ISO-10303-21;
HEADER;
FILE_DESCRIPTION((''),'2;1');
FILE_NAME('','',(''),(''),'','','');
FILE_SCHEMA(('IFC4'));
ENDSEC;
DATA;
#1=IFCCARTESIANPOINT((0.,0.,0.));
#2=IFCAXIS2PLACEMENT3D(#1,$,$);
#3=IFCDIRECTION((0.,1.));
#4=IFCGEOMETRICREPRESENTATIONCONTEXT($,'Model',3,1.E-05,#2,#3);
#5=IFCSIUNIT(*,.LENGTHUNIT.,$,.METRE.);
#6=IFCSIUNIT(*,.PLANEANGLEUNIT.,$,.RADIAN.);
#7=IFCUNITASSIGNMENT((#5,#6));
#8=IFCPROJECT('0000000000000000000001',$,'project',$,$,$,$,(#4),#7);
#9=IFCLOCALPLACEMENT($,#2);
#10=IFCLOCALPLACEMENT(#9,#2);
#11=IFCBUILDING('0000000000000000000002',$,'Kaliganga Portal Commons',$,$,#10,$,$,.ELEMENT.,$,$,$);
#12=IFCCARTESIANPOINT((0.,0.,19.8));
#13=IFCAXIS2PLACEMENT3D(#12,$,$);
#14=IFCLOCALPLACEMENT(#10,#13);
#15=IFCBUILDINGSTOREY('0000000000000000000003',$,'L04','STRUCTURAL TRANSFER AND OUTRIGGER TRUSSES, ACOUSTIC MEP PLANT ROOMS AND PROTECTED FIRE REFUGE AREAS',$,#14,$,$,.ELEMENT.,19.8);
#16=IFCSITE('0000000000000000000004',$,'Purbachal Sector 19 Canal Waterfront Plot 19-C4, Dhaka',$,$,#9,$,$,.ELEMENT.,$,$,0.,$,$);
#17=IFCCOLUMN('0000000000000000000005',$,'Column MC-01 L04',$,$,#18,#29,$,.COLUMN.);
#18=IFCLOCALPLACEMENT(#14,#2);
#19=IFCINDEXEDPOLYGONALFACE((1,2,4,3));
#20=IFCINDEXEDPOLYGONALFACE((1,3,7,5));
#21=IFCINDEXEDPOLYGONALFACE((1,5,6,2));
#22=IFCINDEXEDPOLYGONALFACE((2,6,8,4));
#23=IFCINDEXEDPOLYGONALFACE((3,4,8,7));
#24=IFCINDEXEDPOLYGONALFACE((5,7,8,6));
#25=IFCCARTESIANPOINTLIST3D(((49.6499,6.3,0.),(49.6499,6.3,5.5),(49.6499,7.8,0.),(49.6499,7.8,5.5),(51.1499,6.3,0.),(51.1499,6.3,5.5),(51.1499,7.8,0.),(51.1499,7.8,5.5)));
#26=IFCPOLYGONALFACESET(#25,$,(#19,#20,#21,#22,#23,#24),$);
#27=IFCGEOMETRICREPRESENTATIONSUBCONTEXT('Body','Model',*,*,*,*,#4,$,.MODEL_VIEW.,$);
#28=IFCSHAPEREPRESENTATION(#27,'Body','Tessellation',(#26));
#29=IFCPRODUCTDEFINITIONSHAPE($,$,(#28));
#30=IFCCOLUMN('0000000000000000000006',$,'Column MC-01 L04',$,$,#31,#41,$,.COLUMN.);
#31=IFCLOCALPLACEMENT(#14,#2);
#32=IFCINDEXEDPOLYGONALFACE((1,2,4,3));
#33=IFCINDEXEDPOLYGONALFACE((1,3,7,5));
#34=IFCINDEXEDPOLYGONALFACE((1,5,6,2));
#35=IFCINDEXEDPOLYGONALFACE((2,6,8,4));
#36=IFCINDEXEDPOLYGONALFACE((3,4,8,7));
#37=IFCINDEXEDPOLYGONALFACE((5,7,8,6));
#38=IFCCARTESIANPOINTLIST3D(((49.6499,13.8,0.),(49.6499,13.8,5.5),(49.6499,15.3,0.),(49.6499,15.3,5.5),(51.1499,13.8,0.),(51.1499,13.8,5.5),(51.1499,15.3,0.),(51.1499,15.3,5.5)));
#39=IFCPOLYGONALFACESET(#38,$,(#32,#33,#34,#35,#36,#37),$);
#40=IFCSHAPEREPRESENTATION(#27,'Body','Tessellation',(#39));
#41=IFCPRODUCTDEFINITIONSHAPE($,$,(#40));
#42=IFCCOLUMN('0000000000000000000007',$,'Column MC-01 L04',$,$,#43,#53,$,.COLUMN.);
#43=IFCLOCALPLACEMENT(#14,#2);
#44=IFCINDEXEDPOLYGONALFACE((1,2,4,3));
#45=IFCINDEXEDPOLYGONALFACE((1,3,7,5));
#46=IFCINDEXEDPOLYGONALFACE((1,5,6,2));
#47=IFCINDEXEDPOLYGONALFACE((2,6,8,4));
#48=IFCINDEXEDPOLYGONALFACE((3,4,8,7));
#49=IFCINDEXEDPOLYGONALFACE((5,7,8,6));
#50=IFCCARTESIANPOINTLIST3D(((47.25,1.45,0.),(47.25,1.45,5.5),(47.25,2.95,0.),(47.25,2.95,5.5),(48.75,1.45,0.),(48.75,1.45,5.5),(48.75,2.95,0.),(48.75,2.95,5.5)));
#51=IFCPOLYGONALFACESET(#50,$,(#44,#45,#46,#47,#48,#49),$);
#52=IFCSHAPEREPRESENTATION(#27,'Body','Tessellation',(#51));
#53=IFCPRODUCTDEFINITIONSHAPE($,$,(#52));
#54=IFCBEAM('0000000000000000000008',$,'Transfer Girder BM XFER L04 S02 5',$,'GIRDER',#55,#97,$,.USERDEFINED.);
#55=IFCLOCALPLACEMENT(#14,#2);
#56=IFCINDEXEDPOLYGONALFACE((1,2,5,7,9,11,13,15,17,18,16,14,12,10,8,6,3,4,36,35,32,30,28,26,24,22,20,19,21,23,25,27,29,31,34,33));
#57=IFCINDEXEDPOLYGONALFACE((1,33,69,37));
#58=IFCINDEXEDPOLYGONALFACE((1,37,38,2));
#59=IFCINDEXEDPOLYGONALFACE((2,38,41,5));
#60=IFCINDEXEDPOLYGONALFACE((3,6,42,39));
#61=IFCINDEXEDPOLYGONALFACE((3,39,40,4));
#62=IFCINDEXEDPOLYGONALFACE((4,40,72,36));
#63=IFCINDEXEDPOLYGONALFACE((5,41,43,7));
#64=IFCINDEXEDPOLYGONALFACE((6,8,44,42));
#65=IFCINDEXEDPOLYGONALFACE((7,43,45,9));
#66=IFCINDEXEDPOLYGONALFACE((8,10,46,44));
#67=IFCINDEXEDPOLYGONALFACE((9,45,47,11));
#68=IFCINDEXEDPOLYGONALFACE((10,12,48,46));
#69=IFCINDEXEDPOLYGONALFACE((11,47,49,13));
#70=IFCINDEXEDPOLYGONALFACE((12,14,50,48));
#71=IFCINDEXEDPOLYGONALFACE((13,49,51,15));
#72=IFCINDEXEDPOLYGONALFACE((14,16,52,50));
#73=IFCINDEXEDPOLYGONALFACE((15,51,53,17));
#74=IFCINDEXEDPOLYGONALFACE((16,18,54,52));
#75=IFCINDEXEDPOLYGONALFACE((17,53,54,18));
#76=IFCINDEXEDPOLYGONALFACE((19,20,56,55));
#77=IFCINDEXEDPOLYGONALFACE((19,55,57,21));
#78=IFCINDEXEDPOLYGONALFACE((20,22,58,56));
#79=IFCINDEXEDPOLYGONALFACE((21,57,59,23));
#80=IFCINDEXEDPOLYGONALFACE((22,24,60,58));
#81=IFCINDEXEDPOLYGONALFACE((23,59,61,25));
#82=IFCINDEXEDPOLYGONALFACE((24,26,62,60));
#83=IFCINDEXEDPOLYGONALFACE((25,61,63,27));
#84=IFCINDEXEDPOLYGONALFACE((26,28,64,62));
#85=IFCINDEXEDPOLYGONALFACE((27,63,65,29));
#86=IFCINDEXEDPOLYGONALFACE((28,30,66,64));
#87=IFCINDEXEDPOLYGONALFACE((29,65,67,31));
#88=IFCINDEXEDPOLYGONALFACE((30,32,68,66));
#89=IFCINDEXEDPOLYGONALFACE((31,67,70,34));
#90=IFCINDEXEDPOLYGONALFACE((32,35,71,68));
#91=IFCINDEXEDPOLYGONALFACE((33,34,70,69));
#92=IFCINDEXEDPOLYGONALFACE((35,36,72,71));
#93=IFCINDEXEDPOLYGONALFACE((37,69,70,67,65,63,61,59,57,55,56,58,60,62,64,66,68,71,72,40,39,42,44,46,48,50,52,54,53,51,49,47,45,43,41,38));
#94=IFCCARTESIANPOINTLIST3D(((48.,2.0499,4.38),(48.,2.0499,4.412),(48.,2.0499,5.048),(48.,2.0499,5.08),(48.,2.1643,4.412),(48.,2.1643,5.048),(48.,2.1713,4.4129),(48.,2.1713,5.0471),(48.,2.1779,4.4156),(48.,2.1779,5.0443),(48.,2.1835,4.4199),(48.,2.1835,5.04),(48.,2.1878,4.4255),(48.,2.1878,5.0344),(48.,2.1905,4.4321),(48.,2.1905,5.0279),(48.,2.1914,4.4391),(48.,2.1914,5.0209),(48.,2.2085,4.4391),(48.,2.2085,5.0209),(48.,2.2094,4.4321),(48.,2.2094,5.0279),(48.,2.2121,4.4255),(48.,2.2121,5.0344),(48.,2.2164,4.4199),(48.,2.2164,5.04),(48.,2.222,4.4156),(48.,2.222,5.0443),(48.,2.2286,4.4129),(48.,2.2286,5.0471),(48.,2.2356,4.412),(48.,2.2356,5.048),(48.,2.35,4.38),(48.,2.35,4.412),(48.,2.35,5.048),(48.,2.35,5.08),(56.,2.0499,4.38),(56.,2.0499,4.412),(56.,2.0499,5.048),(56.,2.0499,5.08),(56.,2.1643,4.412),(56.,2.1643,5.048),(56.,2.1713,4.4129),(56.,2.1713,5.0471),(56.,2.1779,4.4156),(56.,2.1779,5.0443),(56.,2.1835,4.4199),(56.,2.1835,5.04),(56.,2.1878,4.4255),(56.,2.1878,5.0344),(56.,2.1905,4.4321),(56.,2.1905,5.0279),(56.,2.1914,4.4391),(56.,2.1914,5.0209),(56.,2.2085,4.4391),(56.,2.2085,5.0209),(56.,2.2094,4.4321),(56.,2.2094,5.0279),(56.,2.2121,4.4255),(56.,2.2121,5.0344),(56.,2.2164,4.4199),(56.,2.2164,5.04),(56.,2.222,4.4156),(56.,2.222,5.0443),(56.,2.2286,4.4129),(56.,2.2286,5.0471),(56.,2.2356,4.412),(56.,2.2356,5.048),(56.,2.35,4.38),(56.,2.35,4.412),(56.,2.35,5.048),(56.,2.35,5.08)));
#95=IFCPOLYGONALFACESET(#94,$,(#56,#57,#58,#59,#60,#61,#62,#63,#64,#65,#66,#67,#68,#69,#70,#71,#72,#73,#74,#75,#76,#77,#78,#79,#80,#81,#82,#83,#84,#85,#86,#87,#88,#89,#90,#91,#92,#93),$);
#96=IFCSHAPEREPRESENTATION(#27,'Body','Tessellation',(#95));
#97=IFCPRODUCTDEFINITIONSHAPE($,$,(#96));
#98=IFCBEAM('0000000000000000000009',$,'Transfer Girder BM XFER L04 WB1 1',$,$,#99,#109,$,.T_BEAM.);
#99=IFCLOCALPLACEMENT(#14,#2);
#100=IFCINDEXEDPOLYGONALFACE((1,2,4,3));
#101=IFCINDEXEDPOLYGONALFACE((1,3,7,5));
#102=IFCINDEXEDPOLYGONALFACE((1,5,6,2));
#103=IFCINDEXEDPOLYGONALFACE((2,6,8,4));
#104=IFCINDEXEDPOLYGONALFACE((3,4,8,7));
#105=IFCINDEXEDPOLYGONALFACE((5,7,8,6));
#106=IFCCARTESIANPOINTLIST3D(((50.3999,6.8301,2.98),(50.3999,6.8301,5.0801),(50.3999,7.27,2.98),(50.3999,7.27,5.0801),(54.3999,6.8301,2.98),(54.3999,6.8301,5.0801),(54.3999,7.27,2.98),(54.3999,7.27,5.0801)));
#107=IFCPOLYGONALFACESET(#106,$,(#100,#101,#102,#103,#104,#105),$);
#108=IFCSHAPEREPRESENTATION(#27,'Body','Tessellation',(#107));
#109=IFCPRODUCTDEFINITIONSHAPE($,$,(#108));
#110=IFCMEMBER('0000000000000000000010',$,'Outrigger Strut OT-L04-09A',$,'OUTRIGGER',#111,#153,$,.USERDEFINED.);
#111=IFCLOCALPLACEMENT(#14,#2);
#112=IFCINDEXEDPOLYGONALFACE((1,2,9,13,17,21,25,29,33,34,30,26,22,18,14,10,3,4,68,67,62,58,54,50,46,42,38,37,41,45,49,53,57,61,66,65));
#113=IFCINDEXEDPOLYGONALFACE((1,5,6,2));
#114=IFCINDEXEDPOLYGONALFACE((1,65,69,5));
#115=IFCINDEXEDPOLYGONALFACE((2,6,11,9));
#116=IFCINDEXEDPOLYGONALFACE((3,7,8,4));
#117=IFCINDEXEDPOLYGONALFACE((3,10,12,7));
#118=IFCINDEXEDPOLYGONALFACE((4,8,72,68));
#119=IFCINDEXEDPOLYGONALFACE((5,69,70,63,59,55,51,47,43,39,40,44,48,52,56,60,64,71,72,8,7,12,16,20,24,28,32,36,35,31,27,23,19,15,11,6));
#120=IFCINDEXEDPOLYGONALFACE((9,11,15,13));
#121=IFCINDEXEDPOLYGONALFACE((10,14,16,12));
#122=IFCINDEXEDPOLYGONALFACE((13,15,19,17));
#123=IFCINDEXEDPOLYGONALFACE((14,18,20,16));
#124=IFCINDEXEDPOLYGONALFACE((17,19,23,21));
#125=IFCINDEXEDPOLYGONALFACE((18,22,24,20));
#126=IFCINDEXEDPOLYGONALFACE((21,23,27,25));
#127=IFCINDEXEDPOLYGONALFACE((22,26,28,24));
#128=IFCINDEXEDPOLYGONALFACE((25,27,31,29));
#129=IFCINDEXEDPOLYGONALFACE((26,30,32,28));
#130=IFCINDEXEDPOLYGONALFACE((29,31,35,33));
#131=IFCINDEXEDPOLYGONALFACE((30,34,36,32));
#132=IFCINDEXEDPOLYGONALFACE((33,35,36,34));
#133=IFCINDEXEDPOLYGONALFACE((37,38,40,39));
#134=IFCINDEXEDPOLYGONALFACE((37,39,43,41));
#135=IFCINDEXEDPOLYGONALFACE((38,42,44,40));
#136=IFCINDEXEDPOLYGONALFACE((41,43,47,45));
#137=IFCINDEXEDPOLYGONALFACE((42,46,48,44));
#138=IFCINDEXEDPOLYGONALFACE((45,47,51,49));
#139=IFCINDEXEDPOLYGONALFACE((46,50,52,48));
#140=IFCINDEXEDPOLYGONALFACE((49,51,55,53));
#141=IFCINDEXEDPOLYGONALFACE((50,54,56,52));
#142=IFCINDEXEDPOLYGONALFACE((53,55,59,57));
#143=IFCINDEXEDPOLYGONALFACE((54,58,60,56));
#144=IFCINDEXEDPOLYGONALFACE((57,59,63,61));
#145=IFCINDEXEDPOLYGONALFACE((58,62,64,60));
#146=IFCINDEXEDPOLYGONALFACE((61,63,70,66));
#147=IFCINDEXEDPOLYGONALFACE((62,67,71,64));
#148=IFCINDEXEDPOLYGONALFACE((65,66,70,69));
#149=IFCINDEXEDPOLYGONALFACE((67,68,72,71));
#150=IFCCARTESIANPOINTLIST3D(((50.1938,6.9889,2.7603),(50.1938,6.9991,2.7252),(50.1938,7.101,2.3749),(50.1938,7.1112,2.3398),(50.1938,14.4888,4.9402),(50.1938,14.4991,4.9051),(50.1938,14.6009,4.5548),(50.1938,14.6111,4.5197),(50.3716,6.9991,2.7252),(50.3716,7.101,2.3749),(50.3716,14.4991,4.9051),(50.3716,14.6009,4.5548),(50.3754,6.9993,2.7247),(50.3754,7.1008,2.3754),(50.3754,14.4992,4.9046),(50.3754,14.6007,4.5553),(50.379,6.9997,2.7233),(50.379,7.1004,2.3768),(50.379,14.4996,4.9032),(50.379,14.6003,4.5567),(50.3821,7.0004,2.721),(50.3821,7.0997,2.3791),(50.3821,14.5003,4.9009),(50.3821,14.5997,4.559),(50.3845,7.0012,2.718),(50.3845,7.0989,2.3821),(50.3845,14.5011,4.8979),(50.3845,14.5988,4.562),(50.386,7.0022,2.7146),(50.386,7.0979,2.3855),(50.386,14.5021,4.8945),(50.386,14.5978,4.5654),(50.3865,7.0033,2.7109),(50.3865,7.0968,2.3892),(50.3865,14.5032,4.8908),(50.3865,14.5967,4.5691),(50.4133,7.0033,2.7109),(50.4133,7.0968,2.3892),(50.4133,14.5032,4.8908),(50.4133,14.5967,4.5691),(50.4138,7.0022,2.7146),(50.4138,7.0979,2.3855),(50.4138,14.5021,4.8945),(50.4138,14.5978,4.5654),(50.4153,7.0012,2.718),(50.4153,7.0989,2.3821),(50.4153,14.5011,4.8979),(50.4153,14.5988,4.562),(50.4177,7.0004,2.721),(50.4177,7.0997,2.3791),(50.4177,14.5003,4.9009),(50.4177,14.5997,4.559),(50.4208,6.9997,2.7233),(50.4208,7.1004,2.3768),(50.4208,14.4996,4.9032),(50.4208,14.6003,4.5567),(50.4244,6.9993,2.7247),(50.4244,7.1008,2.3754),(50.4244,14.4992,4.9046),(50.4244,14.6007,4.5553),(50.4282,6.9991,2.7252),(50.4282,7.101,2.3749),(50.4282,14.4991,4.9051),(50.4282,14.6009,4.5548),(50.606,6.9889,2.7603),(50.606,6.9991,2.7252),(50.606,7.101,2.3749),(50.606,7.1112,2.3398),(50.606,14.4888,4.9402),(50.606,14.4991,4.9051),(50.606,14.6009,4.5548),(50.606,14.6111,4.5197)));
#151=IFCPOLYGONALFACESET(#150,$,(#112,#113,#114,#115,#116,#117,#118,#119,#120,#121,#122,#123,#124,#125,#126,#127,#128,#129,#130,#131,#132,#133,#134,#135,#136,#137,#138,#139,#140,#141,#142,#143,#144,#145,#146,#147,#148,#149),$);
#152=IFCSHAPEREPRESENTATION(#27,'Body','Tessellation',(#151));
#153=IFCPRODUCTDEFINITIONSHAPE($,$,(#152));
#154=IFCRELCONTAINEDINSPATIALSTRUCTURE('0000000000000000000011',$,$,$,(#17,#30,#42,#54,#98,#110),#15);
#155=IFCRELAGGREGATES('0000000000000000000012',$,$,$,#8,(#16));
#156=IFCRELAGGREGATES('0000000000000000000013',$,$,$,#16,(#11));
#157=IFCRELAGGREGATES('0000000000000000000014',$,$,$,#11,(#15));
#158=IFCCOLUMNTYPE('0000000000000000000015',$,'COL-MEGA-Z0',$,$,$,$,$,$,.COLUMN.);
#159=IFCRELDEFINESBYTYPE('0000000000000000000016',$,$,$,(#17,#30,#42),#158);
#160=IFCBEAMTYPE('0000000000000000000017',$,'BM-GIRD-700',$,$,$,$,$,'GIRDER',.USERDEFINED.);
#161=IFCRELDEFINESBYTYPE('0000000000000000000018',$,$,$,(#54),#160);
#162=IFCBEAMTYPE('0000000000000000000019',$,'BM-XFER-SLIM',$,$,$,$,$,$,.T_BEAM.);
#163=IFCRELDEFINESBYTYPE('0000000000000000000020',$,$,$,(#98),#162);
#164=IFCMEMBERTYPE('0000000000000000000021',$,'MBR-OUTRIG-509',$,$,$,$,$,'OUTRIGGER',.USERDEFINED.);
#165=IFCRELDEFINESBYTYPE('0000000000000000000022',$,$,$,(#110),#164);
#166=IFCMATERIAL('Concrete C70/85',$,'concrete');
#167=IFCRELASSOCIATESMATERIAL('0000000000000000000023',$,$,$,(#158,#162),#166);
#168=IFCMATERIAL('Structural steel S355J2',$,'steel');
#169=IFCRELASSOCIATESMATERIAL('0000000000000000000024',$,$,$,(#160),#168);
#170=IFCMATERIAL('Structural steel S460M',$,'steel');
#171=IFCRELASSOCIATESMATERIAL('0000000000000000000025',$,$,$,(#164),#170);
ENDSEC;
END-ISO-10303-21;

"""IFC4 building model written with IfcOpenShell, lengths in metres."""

from ifc_helpers import new_model, si_unit, direction, frame, origin, origin_2d, place, context, subcontext, project, spatial, rectangle, i_section, extrude, source, transform, mapped, material, material_profile, profile_set, type_object, element, save


model = new_model("IFC4")

# Units and contexts
model_context = context("Model", 3, precision=1e-05, world=origin(), true_north=direction((0.0, 1.0)))
body_context = subcontext(model_context, "Body", "Model", "MODEL_VIEW")
ifc_project = project(units=[si_unit("LENGTHUNIT", "METRE"), si_unit("PLANEANGLEUNIT", "RADIAN")], contexts=[model_context])

# Site, building, storey
site_placement = place(None, origin())
site = spatial("IfcSite", under=ifc_project, at=site_placement, Name="Purbachal Sector 19 Canal Waterfront Plot 19-C4, Dhaka", CompositionType="ELEMENT", RefElevation=0.0)
building_placement = place(site_placement, origin())
building = spatial("IfcBuilding", under=site, at=building_placement, Name="Kaliganga Portal Commons", CompositionType="ELEMENT")
storey_placement = place(building_placement, frame((0.0, 0.0, 19.8)))
storey = spatial("IfcBuildingStorey", under=building, at=storey_placement, Name="L04", Description="STRUCTURAL TRANSFER AND OUTRIGGER TRUSSES, ACOUSTIC MEP PLANT ROOMS AND PROTECTED FIRE REFUGE AREAS", CompositionType="ELEMENT", Elevation=19.8)

# Columns
ifc_material_1 = material(Name="Concrete C70/85", Category="concrete")
ifc_material_profile_1 = material_profile(ifc_material_1, rectangle(XDim=1.5, YDim=1.5, at=origin_2d()), Name="RC 1500x1500")
ifc_profile_set_1 = profile_set([ifc_material_profile_1], Name="Concrete C70/85")
column_type = type_object("IfcColumnType", Name="COL-MEGA-Z0", PredefinedType="COLUMN", material=ifc_profile_set_1)
shared_shape_1 = source(origin(), body_context, "Body", "SweptSolid", [
    extrude(rectangle(XDim=1.5, YDim=1.5, at=origin_2d()), origin(), (0.0, 0.0, 1.0), 5.5),
])
for number, where, z_axis, x_axis, name in (
    (1, (50.3999, 7.05, 0.0), (0.0, 0.0, 1.0), (1.0, 0.0, 0.0), "Column MC-01 L04"),
    (2, (50.3999, 14.55, 0.0), (0.0, 0.0, 1.0), (1.0, 0.0, 0.0), "Column MC-01 L04"),
    (3, (48.0, 2.2, 0.0), (0.0, 0.0, 1.0), (1.0, 0.0, 0.0), "Column MC-01 L04"),
):
    element("IfcColumn", number, at=place(storey_placement, frame(where, z_axis=z_axis, x_axis=x_axis)), inside=storey, type_object=column_type, Name=name, PredefinedType="COLUMN", context=body_context, shape_type="MappedRepresentation", body=[
        mapped(shared_shape_1, transform((0.0, 0.0, 0.0), x_axis=(1.0, 0.0, 0.0), y_axis=(0.0, 1.0, 0.0), z_axis=(0.0, 0.0, 1.0), scale=1.0)),
    ])

# Beams
ifc_material_2 = material(Name="Structural steel S355J2", Category="steel")
ifc_material_profile_2 = material_profile(ifc_material_2, i_section(OverallWidth=0.3, OverallDepth=0.7, WebThickness=0.0171, FlangeThickness=0.032, FilletRadius=0.0271, at=origin_2d()), Name="HE 700 B")
ifc_profile_set_2 = profile_set([ifc_material_profile_2], Name="Structural steel S355J2 wide-flange")
beam_type_1 = type_object("IfcBeamType", Name="BM-GIRD-700", ElementType="GIRDER", PredefinedType="USERDEFINED", material=ifc_profile_set_2)
shared_shape_2 = source(origin(), body_context, "Body", "SweptSolid", [
    extrude(i_section(OverallWidth=0.3, OverallDepth=0.7, WebThickness=0.0171, FlangeThickness=0.032, FilletRadius=0.0271, at=origin_2d()), origin(), (0.0, 0.0, 1.0), 8.0),
])
beam_1_placement = place(storey_placement, frame((48.0, 2.2, 4.73), z_axis=(1.0, 0.0, 0.0), x_axis=(0.0, 1.0, 0.0)))
element("IfcBeam", 4, at=beam_1_placement, inside=storey, type_object=beam_type_1, Name="Transfer Girder BM XFER L04 S02 5", ObjectType="GIRDER", PredefinedType="USERDEFINED", context=body_context, shape_type="MappedRepresentation", body=[
    mapped(shared_shape_2, transform((0.0, 0.0, 0.0), x_axis=(1.0, 0.0, 0.0), y_axis=(0.0, 1.0, 0.0), z_axis=(0.0, 0.0, 1.0), scale=1.0)),
])
ifc_material_profile_3 = material_profile(ifc_material_1, rectangle(XDim=0.4399, YDim=2.1001, at=origin_2d()), Name="RC 440x2100")
ifc_profile_set_3 = profile_set([ifc_material_profile_3], Name="Concrete C70/85")
beam_type_2 = type_object("IfcBeamType", Name="BM-XFER-SLIM", PredefinedType="T_BEAM", material=ifc_profile_set_3)
shared_shape_3 = source(origin(), body_context, "Body", "SweptSolid", [
    extrude(rectangle(XDim=0.4399, YDim=2.1001, at=origin_2d()), origin(), (0.0, 0.0, 1.0), 4.0),
])
beam_2_placement = place(storey_placement, frame((50.3999, 7.05, 4.03), z_axis=(1.0, 0.0, 0.0), x_axis=(0.0, 1.0, 0.0)))
element("IfcBeam", 5, at=beam_2_placement, inside=storey, type_object=beam_type_2, Name="Transfer Girder BM XFER L04 WB1 1", PredefinedType="T_BEAM", context=body_context, shape_type="MappedRepresentation", body=[
    mapped(shared_shape_3, transform((0.0, 0.0, 0.0), x_axis=(1.0, 0.0, 0.0), y_axis=(0.0, 1.0, 0.0), z_axis=(0.0, 0.0, 1.0), scale=1.0)),
])

# Member
ifc_material_3 = material(Name="Structural steel S460M", Category="steel")
ifc_material_profile_4 = material_profile(ifc_material_3, i_section(OverallWidth=0.4121, OverallDepth=0.438, WebThickness=0.0269, FlangeThickness=0.0366, FilletRadius=0.0149, at=origin_2d()), Name="HD 400x463")
ifc_profile_set_4 = profile_set([ifc_material_profile_4], Name="Structural steel S460M wide-flange")
member_type_1 = type_object("IfcMemberType", Name="MBR-OUTRIG-509", ElementType="OUTRIGGER", PredefinedType="USERDEFINED", material=ifc_profile_set_4)
shared_shape_4 = source(origin(), body_context, "Body", "SweptSolid", [
    extrude(i_section(OverallWidth=0.4121, OverallDepth=0.438, WebThickness=0.0269, FlangeThickness=0.0366, FilletRadius=0.0149, at=origin_2d()), origin(), (0.0, 0.0, 1.0), 7.8103),
])
member_placement = place(storey_placement, frame((50.3999, 7.05, 2.55), z_axis=(0.0, 0.96026, 0.279107), x_axis=(-1.0, 0.0, 0.0)))
element("IfcMember", 6, at=member_placement, inside=storey, type_object=member_type_1, Name="Outrigger Strut OT-L04-09A", ObjectType="OUTRIGGER", PredefinedType="USERDEFINED", context=body_context, shape_type="MappedRepresentation", body=[
    mapped(shared_shape_4, transform((0.0, 0.0, 0.0), x_axis=(1.0, 0.0, 0.0), y_axis=(0.0, 1.0, 0.0), z_axis=(0.0, 0.0, 1.0), scale=1.0)),
])

save(model, "model.ifc")
